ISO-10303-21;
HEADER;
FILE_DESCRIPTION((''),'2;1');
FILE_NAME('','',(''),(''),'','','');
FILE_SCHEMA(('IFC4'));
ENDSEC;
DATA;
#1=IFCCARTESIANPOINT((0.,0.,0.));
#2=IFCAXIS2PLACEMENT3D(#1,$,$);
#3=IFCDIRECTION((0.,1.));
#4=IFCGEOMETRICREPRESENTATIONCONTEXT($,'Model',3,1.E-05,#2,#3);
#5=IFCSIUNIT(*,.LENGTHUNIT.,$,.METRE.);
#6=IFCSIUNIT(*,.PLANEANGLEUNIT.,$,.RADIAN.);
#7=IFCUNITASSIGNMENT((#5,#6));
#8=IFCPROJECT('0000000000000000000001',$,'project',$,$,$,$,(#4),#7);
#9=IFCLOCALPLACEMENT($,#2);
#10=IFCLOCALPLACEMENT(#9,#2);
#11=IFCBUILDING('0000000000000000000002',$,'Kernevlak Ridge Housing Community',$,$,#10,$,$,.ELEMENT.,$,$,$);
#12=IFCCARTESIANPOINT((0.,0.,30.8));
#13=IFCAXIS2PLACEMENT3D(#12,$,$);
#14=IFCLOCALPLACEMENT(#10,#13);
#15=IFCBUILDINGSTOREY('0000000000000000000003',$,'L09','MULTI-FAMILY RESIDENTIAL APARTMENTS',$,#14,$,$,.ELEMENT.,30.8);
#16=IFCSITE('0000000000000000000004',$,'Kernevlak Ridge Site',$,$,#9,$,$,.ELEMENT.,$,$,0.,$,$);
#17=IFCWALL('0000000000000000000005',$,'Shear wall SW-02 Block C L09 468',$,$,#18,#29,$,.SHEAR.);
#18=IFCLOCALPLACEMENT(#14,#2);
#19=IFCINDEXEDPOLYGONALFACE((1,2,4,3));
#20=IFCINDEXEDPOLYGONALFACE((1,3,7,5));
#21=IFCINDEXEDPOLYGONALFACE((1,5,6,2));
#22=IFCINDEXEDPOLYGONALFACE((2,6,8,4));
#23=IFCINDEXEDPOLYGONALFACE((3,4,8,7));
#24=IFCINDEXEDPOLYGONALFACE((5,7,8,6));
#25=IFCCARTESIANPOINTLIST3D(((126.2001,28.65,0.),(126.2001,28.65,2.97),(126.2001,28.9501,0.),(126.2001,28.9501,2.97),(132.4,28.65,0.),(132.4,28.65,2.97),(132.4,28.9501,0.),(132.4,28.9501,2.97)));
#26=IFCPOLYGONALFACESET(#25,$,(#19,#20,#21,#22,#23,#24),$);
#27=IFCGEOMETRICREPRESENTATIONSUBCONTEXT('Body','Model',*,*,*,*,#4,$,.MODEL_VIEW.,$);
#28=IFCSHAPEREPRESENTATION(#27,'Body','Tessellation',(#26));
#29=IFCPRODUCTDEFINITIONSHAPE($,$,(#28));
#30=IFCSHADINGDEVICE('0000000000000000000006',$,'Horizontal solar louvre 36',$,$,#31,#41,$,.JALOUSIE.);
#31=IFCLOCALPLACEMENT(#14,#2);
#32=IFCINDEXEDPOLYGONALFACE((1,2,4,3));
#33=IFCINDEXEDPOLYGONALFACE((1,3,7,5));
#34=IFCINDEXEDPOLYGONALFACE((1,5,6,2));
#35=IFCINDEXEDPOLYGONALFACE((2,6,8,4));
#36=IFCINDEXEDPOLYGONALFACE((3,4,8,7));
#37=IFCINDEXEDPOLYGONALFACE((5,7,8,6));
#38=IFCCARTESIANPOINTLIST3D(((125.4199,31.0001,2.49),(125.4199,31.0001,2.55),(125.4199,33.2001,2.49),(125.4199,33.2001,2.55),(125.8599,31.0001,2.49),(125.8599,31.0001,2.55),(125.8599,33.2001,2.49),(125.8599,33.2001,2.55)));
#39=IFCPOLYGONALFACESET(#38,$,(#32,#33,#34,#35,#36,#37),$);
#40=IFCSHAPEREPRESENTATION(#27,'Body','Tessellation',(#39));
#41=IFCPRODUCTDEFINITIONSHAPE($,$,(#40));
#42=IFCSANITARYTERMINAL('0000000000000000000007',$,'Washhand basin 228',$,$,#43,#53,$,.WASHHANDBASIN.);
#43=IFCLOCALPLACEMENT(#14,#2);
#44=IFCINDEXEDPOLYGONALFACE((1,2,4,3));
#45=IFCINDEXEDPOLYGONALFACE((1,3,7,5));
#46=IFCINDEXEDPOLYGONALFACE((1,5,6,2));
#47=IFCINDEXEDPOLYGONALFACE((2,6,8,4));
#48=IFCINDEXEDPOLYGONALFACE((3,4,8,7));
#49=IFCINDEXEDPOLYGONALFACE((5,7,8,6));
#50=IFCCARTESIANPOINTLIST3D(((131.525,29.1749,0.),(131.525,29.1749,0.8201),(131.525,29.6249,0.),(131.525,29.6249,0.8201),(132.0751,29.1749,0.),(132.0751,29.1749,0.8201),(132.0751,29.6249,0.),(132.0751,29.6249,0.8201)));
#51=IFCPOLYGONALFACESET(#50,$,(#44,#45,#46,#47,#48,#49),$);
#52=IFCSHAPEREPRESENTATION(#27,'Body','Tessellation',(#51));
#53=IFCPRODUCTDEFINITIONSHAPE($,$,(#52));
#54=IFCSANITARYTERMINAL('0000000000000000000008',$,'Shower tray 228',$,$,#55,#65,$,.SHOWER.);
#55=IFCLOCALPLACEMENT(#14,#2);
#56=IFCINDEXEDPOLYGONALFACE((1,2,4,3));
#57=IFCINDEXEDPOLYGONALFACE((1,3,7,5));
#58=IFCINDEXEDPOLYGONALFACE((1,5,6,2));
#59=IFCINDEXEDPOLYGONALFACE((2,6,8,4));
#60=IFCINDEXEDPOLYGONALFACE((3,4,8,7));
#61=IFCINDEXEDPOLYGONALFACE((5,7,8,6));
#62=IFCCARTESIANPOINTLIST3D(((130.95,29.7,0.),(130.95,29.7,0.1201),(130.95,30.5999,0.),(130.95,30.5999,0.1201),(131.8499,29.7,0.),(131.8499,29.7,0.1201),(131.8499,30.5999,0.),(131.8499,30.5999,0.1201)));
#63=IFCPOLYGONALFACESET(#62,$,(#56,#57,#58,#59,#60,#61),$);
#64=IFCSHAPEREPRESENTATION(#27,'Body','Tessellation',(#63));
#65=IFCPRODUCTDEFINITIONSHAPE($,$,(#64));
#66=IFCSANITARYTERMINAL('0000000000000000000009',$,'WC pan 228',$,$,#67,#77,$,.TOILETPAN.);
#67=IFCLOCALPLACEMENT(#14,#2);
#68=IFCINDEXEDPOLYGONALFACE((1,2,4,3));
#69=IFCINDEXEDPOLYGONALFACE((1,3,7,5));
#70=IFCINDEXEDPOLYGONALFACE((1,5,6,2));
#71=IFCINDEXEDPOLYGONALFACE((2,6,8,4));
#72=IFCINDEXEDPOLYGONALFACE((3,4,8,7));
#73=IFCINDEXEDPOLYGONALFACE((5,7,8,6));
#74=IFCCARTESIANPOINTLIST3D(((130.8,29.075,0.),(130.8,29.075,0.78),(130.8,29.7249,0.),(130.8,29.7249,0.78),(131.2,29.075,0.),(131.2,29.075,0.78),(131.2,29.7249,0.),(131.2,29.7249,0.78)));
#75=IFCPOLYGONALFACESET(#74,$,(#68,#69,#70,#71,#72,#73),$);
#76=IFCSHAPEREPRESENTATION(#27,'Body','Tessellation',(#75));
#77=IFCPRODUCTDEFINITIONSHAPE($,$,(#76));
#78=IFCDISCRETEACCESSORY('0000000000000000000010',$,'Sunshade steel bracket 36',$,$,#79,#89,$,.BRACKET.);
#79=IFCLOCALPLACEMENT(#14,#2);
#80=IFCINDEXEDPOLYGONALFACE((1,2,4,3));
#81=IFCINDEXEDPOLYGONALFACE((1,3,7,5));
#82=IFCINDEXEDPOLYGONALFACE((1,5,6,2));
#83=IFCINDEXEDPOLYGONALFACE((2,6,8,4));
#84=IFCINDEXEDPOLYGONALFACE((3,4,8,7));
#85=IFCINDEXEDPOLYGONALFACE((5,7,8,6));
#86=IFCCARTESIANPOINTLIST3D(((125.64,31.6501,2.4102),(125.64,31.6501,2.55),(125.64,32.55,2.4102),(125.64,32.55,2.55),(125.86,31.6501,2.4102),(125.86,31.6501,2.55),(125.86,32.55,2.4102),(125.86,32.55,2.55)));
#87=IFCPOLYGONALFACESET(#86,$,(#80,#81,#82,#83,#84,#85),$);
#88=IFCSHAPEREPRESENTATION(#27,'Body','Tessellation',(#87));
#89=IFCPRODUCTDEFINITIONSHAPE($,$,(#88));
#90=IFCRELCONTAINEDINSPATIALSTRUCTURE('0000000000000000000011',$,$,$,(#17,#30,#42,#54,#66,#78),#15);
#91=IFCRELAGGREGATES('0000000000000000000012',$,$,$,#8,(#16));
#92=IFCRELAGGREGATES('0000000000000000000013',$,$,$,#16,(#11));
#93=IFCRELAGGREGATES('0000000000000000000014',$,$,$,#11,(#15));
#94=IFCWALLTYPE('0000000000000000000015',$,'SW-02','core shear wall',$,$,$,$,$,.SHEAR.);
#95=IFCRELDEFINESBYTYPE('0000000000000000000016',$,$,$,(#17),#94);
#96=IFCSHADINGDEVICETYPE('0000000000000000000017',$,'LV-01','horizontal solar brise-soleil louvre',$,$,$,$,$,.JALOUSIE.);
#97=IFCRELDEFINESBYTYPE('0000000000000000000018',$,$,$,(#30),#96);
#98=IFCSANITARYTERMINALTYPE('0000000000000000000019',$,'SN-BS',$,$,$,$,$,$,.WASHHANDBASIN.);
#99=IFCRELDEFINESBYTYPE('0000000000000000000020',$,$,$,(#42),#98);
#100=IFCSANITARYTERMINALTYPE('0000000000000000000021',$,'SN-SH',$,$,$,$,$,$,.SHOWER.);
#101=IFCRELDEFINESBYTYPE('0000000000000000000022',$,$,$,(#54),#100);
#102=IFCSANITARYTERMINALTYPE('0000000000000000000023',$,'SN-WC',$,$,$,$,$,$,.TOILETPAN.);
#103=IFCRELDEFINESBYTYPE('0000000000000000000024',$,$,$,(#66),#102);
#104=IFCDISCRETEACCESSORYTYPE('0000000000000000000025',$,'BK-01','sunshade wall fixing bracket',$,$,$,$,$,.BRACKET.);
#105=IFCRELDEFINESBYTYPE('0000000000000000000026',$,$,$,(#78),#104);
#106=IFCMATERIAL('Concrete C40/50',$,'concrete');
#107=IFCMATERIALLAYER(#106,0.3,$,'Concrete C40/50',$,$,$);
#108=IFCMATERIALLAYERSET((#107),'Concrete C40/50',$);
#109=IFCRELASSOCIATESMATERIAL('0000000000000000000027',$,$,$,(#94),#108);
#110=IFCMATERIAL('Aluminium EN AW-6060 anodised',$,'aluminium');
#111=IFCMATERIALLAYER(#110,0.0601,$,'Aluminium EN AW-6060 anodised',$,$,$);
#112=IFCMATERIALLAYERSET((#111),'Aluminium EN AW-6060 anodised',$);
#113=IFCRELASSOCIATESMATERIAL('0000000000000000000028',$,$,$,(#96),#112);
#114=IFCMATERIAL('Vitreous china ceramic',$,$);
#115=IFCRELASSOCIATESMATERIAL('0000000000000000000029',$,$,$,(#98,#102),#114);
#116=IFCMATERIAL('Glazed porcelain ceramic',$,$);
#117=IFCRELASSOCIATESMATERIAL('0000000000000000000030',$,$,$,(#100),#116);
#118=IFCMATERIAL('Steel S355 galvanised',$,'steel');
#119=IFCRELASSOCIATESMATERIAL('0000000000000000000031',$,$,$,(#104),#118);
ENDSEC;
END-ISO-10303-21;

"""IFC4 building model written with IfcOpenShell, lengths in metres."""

from ifc_helpers import new_model, si_unit, direction, frame, frame_2d, origin, origin_2d, place, context, subcontext, project, spatial, rectangle, extrude, material, layer, layer_set, type_object, element, save


model = new_model("IFC4")

# Units and contexts
model_context = context("Model", 3, precision=1e-05, world=origin(), true_north=direction((0.0, 1.0)))
body_context = subcontext(model_context, "Body", "Model", "MODEL_VIEW")
ifc_project = project(units=[si_unit("LENGTHUNIT", "METRE"), si_unit("PLANEANGLEUNIT", "RADIAN")], contexts=[model_context])

# Site, building, storey
site_placement = place(None, origin())
site = spatial("IfcSite", under=ifc_project, at=site_placement, Name="Kernevlak Ridge Site", CompositionType="ELEMENT", RefElevation=0.0)
building_placement = place(site_placement, origin())
building = spatial("IfcBuilding", under=site, at=building_placement, Name="Kernevlak Ridge Housing Community", CompositionType="ELEMENT")
storey_placement = place(building_placement, frame((0.0, 0.0, 30.8)))
storey = spatial("IfcBuildingStorey", under=building, at=storey_placement, Name="L09", Description="MULTI-FAMILY RESIDENTIAL APARTMENTS", CompositionType="ELEMENT", Elevation=30.8)

# Wall
ifc_material_1 = material(Name="Concrete C40/50", Category="concrete")
ifc_layer_1 = layer(ifc_material_1, 0.3, Name="Concrete C40/50")
ifc_layer_set_1 = layer_set([ifc_layer_1], Name="Concrete C40/50")
wall_type_1 = type_object("IfcWallType", Name="SW-02", Description="core shear wall", PredefinedType="SHEAR", material=ifc_layer_set_1)
wall_1_placement = place(storey_placement, frame((126.2, 28.8, 0.0), z_axis=(0.0, 0.0, 1.0), x_axis=(1.0, 0.0, 0.0)))
element("IfcWall", 1, at=wall_1_placement, inside=storey, type_object=wall_type_1, Name="Shear wall SW-02 Block C L09 468", PredefinedType="SHEAR", context=body_context, shape_type="SweptSolid", body=[
    extrude(rectangle(XDim=6.2, YDim=0.3, at=frame_2d((3.1001, 0.0))), origin(), (0.0, 0.0, 1.0), 2.97),
])

# Shading device
ifc_material_2 = material(Name="Aluminium EN AW-6060 anodised", Category="aluminium")
ifc_layer_2 = layer(ifc_material_2, 0.0601, Name="Aluminium EN AW-6060 anodised")
ifc_layer_set_2 = layer_set([ifc_layer_2], Name="Aluminium EN AW-6060 anodised")
shading_device_type = type_object("IfcShadingDeviceType", Name="LV-01", Description="horizontal solar brise-soleil louvre", PredefinedType="JALOUSIE", material=ifc_layer_set_2)
shading_device_placement = place(storey_placement, frame((125.6399, 32.1001, 2.49), z_axis=(0.0, 0.0, 1.0), x_axis=(0.0, 1.0, 0.0)))
element("IfcShadingDevice", 2, at=shading_device_placement, inside=storey, type_object=shading_device_type, Name="Horizontal solar louvre 36", PredefinedType="JALOUSIE", context=body_context, shape_type="SweptSolid", body=[
    extrude(rectangle(XDim=2.2, YDim=0.4399, at=origin_2d()), origin(), (0.0, 0.0, 1.0), 0.0601),
])

# Sanitary terminals
ifc_material_3 = material(Name="Vitreous china ceramic")
sanitary_terminal_type_1 = type_object("IfcSanitaryTerminalType", Name="SN-BS", PredefinedType="WASHHANDBASIN", material=ifc_material_3)
sanitary_terminal_1_placement = place(storey_placement, frame((131.8, 29.3999, 0.0), z_axis=(0.0, 0.0, 1.0), x_axis=(1.0, 0.0, 0.0)))
element("IfcSanitaryTerminal", 3, at=sanitary_terminal_1_placement, inside=storey, type_object=sanitary_terminal_type_1, Name="Washhand basin 228", PredefinedType="WASHHANDBASIN", context=body_context, shape_type="SweptSolid", body=[
    extrude(rectangle(XDim=0.55, YDim=0.45, at=origin_2d()), origin(), (0.0, 0.0, 1.0), 0.8201),
])
ifc_material_4 = material(Name="Glazed porcelain ceramic")
sanitary_terminal_type_2 = type_object("IfcSanitaryTerminalType", Name="SN-SH", PredefinedType="SHOWER", material=ifc_material_4)
sanitary_terminal_2_placement = place(storey_placement, frame((131.3999, 30.1499, 0.0), z_axis=(0.0, 0.0, 1.0), x_axis=(1.0, 0.0, 0.0)))
element("IfcSanitaryTerminal", 4, at=sanitary_terminal_2_placement, inside=storey, type_object=sanitary_terminal_type_2, Name="Shower tray 228", PredefinedType="SHOWER", context=body_context, shape_type="SweptSolid", body=[
    extrude(rectangle(XDim=0.8999, YDim=0.8999, at=origin_2d()), origin(), (0.0, 0.0, 1.0), 0.1201),
])
sanitary_terminal_type_3 = type_object("IfcSanitaryTerminalType", Name="SN-WC", PredefinedType="TOILETPAN", material=ifc_material_3)
sanitary_terminal_3_placement = place(storey_placement, frame((131.0, 29.3999, 0.0), z_axis=(0.0, 0.0, 1.0), x_axis=(1.0, 0.0, 0.0)))
element("IfcSanitaryTerminal", 5, at=sanitary_terminal_3_placement, inside=storey, type_object=sanitary_terminal_type_3, Name="WC pan 228", PredefinedType="TOILETPAN", context=body_context, shape_type="SweptSolid", body=[
    extrude(rectangle(XDim=0.3999, YDim=0.6499, at=origin_2d()), origin(), (0.0, 0.0, 1.0), 0.78),
])

# Discrete accessory
ifc_material_5 = material(Name="Steel S355 galvanised", Category="steel")
discrete_accessory_type = type_object("IfcDiscreteAccessoryType", Name="BK-01", Description="sunshade wall fixing bracket", PredefinedType="BRACKET", material=ifc_material_5)
discrete_accessory_placement = place(storey_placement, frame((125.75, 32.1001, 2.4102), z_axis=(0.0, 0.0, 1.0), x_axis=(0.0, 1.0, 0.0)))
element("IfcDiscreteAccessory", 6, at=discrete_accessory_placement, inside=storey, type_object=discrete_accessory_type, Name="Sunshade steel bracket 36", PredefinedType="BRACKET", context=body_context, shape_type="SweptSolid", body=[
    extrude(rectangle(XDim=0.8999, YDim=0.22, at=origin_2d()), origin(), (0.0, 0.0, 1.0), 0.1399),
])

save(model, "model.ifc")
